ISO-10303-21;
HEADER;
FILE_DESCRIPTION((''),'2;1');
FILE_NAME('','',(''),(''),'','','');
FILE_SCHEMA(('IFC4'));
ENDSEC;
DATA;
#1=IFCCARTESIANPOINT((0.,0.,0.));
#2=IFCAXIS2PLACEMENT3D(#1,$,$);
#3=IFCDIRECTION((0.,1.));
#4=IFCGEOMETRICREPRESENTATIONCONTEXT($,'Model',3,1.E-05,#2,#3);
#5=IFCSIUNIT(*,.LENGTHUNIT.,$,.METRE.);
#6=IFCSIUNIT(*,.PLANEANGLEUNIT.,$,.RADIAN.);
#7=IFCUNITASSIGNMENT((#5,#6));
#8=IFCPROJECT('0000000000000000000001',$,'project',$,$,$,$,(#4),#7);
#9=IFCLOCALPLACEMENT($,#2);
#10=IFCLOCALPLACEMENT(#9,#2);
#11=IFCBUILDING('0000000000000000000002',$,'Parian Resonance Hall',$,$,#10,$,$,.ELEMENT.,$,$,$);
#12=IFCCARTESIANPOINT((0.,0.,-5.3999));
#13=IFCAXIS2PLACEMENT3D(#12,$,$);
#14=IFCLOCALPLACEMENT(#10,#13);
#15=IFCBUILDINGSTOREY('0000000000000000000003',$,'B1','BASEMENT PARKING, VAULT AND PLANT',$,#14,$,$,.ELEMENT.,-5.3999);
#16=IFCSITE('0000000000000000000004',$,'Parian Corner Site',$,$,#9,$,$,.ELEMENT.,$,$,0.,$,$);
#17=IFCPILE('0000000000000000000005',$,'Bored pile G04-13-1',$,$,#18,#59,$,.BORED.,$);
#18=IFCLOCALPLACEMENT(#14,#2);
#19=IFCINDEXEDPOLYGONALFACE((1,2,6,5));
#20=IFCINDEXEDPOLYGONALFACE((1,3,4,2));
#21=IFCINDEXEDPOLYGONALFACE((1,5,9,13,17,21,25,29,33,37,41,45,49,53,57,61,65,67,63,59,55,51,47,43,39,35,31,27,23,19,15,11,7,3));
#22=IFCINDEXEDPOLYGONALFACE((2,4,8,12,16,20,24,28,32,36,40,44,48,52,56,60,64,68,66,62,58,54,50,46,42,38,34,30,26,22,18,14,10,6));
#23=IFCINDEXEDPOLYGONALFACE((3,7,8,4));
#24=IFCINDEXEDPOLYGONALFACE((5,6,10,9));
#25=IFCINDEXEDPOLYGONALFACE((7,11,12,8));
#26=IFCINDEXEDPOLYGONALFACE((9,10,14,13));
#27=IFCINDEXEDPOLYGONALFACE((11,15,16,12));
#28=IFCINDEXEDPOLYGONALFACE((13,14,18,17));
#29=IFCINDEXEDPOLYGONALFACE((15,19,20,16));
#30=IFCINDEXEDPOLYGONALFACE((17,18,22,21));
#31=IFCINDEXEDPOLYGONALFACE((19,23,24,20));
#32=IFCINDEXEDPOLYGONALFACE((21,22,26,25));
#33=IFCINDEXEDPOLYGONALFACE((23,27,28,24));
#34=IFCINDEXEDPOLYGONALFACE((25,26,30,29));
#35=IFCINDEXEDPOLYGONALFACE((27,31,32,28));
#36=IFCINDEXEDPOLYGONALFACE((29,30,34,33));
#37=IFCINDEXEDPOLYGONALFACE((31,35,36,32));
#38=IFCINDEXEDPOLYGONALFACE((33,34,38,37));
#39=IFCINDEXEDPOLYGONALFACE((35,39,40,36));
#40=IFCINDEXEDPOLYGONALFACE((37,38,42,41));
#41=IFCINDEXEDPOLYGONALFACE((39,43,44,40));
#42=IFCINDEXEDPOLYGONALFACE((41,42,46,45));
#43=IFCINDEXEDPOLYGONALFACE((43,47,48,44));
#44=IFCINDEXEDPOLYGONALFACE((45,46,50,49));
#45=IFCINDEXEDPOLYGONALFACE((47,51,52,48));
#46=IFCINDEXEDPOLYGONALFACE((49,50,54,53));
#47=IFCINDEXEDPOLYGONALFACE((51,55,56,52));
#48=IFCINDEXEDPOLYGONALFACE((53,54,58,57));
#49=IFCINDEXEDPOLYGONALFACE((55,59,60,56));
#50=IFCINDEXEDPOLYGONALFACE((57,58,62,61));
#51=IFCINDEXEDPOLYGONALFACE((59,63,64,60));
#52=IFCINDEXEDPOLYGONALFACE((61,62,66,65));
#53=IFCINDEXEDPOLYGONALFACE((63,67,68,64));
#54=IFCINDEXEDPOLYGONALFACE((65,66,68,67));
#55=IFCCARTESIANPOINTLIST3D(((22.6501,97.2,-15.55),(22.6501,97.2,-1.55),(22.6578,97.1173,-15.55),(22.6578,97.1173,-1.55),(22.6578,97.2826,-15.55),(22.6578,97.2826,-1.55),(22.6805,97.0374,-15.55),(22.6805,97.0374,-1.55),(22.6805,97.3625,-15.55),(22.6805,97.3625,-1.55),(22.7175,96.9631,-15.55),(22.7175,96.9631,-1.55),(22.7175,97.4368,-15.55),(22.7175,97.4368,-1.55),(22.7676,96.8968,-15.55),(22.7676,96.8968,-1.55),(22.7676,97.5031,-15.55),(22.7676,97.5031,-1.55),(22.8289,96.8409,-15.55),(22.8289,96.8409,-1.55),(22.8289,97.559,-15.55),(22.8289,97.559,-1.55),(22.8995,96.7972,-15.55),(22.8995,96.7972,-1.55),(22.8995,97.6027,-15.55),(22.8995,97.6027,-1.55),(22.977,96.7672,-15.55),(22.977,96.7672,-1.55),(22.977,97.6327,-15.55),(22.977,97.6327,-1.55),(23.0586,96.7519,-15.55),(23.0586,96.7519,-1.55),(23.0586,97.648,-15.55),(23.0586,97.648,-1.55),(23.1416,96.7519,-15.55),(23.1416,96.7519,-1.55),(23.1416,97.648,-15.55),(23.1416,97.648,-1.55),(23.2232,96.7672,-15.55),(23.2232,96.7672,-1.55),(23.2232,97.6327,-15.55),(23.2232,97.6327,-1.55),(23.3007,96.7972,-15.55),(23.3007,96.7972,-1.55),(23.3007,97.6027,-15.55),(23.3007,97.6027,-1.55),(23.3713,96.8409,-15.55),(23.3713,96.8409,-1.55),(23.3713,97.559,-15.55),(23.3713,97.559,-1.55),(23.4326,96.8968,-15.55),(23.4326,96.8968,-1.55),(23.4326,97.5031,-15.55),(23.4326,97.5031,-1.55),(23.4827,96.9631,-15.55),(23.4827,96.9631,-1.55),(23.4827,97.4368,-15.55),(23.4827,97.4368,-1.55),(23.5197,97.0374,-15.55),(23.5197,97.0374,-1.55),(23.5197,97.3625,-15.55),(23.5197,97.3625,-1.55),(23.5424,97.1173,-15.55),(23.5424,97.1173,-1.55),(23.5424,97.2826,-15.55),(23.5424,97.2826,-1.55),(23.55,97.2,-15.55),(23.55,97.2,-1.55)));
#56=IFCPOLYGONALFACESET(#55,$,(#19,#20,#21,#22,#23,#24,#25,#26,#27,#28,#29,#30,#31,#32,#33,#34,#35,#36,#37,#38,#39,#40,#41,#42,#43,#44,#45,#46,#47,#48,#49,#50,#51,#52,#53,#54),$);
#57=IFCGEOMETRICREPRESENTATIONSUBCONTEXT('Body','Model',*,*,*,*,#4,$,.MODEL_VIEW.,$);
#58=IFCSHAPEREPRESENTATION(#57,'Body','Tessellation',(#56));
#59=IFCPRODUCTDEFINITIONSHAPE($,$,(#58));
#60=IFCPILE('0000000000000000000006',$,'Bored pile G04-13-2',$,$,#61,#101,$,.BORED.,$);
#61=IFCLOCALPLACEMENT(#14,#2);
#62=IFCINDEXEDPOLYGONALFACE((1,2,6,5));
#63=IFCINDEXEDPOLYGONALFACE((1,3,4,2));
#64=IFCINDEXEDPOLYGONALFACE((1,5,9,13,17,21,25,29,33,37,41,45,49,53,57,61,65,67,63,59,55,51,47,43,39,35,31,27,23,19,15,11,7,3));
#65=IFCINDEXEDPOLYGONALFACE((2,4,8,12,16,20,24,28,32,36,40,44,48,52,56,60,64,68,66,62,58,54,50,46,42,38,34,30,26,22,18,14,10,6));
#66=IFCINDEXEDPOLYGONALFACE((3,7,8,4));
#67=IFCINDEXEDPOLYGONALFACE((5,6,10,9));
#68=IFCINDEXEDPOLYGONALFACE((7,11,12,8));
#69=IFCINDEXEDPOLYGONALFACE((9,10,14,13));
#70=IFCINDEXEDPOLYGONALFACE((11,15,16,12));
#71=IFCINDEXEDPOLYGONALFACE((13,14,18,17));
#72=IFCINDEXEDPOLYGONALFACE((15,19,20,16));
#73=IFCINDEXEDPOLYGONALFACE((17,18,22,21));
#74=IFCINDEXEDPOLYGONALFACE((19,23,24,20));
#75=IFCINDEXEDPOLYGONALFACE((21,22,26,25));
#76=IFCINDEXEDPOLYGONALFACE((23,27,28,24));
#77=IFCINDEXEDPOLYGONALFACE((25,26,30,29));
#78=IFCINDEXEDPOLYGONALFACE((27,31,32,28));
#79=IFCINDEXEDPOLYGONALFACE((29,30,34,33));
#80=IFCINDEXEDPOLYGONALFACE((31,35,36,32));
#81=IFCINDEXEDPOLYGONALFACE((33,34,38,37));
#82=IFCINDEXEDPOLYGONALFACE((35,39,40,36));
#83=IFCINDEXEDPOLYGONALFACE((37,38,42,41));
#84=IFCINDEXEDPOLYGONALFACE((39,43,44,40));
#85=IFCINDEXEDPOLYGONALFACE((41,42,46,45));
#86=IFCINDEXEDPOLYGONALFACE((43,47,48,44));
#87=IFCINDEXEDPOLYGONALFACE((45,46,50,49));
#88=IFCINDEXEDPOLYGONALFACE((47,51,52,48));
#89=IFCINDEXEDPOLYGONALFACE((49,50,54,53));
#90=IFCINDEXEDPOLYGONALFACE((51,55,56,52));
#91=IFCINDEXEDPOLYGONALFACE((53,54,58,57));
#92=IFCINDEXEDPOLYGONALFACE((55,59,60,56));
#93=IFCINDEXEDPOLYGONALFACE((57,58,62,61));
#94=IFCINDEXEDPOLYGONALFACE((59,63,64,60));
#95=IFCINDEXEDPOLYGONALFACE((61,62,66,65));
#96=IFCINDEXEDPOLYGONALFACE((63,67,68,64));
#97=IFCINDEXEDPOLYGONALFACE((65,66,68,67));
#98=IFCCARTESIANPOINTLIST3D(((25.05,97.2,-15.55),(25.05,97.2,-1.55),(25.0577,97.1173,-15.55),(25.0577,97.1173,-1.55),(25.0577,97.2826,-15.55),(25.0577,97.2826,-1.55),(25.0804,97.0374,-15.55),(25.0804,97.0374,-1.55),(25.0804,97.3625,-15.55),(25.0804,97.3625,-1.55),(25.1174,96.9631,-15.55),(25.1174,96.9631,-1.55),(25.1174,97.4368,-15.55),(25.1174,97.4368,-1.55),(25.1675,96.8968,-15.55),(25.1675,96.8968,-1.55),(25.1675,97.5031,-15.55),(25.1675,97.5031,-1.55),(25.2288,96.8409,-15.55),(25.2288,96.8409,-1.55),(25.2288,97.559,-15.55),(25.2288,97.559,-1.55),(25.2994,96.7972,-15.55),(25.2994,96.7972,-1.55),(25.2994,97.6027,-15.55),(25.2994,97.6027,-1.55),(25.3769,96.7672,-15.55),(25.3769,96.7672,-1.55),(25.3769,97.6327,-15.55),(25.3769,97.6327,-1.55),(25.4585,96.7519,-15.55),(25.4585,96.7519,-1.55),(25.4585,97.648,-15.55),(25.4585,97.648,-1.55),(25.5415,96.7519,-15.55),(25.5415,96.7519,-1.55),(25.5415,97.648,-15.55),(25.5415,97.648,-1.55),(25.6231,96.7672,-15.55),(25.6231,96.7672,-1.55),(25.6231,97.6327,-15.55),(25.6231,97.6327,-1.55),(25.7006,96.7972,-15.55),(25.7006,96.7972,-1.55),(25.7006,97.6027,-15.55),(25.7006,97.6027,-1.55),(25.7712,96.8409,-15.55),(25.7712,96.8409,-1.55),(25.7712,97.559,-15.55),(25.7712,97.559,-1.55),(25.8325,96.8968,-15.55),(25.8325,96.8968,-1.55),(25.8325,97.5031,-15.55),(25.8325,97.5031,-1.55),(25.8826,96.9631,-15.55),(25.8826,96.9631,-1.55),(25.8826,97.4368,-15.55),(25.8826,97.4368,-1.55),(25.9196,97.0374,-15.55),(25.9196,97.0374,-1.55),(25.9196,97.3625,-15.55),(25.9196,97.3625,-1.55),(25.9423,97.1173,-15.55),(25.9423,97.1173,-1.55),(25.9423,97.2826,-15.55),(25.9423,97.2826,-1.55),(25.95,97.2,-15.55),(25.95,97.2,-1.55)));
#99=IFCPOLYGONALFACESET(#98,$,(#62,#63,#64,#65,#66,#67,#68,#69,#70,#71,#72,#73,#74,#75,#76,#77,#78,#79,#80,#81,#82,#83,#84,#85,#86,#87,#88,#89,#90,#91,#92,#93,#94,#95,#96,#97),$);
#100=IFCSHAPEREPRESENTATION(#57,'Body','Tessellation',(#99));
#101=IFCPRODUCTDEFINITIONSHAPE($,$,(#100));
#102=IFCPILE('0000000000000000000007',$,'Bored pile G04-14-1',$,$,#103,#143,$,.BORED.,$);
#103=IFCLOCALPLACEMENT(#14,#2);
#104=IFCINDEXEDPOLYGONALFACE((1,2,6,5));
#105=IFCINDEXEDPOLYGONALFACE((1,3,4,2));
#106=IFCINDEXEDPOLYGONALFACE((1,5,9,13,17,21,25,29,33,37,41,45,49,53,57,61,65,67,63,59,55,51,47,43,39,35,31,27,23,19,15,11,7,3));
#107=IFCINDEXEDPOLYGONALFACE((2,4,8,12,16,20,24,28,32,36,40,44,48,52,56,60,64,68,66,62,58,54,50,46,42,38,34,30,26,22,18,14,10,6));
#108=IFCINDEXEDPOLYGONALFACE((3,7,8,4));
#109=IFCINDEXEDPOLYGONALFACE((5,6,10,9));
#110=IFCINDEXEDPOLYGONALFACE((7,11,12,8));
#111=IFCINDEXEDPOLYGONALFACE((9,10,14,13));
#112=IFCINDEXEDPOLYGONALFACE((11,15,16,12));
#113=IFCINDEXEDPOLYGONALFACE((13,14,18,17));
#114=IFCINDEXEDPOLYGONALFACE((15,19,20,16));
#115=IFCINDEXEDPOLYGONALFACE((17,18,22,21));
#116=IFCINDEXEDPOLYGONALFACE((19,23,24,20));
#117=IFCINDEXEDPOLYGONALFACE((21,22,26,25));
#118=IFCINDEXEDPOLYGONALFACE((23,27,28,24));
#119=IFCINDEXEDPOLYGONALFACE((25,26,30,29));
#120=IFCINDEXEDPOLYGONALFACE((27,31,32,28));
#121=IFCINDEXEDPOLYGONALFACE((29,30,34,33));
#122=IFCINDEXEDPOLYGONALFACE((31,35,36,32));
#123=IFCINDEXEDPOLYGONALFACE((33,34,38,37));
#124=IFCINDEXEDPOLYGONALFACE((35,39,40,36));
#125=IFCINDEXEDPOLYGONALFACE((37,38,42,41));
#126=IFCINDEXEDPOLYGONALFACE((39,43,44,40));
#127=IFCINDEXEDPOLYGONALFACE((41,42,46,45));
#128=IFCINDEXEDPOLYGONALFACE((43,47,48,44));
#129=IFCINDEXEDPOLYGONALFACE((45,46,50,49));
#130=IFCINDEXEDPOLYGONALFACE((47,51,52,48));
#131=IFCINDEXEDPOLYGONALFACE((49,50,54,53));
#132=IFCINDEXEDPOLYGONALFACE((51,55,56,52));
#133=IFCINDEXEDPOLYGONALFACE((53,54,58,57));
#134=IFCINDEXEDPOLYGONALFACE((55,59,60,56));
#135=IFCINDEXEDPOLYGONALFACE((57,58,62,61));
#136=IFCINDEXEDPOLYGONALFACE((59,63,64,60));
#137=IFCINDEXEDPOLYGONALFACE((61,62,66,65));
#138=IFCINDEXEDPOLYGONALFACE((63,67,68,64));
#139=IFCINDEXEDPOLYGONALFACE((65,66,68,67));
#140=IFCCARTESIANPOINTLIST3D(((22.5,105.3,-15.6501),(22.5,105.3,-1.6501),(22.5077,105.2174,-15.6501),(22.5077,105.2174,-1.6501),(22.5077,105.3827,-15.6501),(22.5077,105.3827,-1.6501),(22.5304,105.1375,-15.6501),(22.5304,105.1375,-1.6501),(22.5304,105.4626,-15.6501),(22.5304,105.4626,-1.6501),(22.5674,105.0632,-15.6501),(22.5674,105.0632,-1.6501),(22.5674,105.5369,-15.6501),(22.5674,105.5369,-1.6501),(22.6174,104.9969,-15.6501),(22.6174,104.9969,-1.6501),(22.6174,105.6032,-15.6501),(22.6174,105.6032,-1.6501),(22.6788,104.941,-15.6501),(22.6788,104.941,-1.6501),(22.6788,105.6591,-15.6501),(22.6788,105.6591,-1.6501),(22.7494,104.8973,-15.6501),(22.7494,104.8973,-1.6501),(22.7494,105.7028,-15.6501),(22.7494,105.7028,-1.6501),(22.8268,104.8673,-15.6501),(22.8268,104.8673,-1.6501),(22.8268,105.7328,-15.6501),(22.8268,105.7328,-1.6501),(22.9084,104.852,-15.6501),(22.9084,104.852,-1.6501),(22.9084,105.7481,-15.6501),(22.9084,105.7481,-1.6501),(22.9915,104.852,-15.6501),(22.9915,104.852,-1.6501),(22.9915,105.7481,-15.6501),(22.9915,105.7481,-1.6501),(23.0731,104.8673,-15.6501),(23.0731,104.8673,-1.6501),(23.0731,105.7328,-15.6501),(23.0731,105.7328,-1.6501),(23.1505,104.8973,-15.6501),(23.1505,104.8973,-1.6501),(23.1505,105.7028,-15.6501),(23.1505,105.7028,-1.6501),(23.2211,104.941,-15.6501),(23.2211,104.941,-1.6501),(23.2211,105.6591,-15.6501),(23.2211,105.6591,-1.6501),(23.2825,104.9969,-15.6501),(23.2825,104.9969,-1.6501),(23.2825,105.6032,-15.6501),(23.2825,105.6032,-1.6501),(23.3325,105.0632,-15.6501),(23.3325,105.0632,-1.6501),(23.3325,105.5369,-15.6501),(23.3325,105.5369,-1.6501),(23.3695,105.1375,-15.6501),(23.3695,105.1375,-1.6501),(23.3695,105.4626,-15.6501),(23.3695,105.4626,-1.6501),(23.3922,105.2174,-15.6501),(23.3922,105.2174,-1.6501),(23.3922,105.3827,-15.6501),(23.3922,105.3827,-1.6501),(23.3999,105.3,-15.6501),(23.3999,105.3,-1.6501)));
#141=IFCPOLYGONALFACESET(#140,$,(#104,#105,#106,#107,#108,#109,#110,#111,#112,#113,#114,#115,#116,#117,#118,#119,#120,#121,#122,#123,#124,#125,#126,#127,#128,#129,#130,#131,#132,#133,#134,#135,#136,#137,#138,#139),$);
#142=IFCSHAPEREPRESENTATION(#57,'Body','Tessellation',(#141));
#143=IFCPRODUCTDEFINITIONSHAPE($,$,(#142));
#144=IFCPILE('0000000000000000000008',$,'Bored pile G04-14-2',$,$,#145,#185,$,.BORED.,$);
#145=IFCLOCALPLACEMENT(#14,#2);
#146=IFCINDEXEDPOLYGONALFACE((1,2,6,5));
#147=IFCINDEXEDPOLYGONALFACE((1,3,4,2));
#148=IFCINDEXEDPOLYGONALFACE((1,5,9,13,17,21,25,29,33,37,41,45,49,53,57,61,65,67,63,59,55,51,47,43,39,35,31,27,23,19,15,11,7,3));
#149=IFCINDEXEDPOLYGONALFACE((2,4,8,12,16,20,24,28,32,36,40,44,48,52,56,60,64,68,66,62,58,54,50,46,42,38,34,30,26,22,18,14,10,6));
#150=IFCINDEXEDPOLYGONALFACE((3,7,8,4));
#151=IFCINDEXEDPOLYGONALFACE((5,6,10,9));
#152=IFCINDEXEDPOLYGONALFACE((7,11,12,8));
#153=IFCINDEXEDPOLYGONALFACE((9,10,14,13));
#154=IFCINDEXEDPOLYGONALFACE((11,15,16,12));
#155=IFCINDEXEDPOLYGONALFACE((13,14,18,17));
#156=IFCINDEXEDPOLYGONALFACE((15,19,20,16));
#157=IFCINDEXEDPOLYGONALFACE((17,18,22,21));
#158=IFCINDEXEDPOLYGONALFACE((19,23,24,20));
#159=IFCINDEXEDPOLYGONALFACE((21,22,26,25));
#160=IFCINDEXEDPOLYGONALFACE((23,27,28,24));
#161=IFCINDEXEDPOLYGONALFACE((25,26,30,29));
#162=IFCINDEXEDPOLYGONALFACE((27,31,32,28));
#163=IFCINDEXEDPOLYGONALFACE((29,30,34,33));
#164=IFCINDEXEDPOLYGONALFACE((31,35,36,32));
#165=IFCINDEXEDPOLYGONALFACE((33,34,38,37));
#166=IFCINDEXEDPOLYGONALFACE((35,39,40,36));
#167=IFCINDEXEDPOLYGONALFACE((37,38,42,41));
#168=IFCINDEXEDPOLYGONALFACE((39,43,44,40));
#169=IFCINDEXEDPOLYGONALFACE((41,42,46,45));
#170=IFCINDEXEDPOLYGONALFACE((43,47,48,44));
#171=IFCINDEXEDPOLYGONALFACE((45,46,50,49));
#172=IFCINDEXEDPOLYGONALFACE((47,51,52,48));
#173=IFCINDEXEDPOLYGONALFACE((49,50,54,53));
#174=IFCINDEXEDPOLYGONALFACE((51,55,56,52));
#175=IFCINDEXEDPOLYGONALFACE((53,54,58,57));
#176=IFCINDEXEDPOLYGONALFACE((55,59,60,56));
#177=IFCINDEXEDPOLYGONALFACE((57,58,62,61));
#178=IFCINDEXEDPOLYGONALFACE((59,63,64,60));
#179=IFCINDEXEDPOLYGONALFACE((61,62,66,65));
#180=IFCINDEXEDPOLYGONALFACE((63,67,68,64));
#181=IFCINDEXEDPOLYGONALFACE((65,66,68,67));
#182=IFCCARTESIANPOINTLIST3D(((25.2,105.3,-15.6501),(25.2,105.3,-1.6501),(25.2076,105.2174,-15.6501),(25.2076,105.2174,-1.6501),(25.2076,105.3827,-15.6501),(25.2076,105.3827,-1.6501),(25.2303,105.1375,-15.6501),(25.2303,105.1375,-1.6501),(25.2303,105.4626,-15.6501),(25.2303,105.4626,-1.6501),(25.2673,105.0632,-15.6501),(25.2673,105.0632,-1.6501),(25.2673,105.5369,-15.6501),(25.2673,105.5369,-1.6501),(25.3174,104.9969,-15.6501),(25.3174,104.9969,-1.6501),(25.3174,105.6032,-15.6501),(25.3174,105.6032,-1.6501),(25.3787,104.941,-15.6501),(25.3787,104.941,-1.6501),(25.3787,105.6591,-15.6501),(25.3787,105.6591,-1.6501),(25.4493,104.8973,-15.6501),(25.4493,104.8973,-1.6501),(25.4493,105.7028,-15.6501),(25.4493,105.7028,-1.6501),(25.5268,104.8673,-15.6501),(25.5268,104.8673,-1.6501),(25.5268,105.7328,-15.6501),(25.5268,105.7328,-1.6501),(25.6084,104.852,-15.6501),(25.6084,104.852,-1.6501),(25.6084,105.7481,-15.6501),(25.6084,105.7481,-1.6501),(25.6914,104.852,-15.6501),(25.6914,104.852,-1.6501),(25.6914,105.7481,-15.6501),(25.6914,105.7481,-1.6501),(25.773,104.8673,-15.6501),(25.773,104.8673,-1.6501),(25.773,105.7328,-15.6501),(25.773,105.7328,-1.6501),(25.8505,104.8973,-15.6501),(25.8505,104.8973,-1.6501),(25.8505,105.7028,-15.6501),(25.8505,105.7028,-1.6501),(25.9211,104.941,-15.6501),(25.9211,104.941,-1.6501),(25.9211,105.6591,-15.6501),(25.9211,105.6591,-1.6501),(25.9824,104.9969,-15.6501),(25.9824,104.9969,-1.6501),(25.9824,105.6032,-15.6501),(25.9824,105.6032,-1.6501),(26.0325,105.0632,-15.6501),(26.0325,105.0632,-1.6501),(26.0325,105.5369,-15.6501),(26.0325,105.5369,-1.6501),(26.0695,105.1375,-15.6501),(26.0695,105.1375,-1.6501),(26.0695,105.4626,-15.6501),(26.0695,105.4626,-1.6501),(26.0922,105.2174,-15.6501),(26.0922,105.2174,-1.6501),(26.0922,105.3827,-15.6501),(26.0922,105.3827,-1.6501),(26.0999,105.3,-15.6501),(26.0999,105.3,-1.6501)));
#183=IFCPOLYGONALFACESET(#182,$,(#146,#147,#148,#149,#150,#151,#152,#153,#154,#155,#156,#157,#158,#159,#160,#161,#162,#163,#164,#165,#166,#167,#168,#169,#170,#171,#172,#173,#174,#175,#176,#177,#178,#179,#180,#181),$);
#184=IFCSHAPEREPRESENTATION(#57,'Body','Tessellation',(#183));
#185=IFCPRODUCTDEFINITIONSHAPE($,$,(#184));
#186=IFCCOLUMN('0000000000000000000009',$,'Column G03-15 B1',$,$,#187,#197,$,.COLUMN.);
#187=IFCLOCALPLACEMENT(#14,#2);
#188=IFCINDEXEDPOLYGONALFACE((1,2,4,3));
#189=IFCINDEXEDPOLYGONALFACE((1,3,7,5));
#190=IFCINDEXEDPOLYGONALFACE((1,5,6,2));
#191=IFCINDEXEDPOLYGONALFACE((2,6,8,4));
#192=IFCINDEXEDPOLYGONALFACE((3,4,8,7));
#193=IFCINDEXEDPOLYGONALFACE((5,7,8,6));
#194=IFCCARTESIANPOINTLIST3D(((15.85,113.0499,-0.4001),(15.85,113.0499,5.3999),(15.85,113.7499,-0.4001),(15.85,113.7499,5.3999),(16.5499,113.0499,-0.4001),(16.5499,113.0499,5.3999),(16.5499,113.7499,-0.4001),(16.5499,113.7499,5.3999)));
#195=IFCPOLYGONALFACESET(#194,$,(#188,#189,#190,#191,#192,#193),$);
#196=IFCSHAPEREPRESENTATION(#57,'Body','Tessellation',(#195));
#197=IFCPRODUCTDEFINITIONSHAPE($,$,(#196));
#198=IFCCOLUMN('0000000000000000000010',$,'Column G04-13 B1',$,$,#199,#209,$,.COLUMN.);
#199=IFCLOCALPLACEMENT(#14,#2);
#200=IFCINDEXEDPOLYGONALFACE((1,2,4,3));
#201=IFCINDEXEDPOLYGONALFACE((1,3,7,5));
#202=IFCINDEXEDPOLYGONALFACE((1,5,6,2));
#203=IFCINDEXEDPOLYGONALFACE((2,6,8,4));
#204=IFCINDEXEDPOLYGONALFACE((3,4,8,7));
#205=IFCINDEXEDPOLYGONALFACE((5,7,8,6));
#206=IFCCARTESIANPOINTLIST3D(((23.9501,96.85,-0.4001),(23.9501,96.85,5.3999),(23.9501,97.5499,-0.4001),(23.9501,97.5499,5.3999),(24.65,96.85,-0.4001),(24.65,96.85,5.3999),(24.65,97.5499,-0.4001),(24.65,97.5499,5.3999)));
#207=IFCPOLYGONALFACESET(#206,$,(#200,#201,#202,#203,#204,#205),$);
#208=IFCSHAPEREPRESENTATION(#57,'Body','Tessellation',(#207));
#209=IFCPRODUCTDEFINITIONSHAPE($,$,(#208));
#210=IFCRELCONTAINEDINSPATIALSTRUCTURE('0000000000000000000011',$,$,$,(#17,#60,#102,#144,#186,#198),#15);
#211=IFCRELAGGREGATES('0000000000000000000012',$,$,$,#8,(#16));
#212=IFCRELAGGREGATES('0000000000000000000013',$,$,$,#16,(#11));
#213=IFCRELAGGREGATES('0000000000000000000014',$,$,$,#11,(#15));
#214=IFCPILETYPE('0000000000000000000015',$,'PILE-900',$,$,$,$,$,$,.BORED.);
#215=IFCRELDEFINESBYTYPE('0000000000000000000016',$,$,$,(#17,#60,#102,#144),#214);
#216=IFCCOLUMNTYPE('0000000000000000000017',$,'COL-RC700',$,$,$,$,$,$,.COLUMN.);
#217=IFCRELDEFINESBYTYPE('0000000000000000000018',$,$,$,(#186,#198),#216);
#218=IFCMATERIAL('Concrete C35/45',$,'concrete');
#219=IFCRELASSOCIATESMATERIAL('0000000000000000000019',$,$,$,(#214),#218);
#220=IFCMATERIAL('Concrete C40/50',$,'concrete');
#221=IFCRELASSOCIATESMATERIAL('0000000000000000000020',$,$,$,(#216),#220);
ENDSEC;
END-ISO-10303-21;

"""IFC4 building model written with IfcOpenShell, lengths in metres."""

from ifc_helpers import new_model, si_unit, direction, frame, origin, origin_2d, place, context, subcontext, project, spatial, rectangle, circle, extrude, material, material_profile, profile_set, type_object, element, save


model = new_model("IFC4")

# Units and contexts
model_context = context("Model", 3, precision=1e-05, world=origin(), true_north=direction((0.0, 1.0)))
body_context = subcontext(model_context, "Body", "Model", "MODEL_VIEW")
ifc_project = project(units=[si_unit("LENGTHUNIT", "METRE"), si_unit("PLANEANGLEUNIT", "RADIAN")], contexts=[model_context])

# Site, building, storey
site_placement = place(None, origin())
site = spatial("IfcSite", under=ifc_project, at=site_placement, Name="Parian Corner Site", CompositionType="ELEMENT", RefElevation=0.0)
building_placement = place(site_placement, origin())
building = spatial("IfcBuilding", under=site, at=building_placement, Name="Parian Resonance Hall", CompositionType="ELEMENT")
storey_placement = place(building_placement, frame((0.0, 0.0, -5.3999)))
storey = spatial("IfcBuildingStorey", under=building, at=storey_placement, Name="B1", Description="BASEMENT PARKING, VAULT AND PLANT", CompositionType="ELEMENT", Elevation=-5.3999)

# Piles
ifc_material_1 = material(Name="Concrete C35/45", Category="concrete")
ifc_material_profile_1 = material_profile(ifc_material_1, circle(Radius=0.45, at=origin_2d()), Name="PILE-D900")
ifc_profile_set_1 = profile_set([ifc_material_profile_1], Name="Concrete C35/45")
pile_type_1 = type_object("IfcPileType", Name="PILE-900", PredefinedType="BORED", material=ifc_profile_set_1)
for number, where, z_axis, x_axis, name in (
    (1, (23.1001, 97.2, -1.55), (0.0, 0.0, -1.0), (1.0, 0.0, 0.0), "Bored pile G04-13-1"),
    (2, (25.5, 97.2, -1.55), (0.0, 0.0, -1.0), (1.0, 0.0, 0.0), "Bored pile G04-13-2"),
    (3, (22.95, 105.3, -1.6501), (0.0, 0.0, -1.0), (1.0, 0.0, 0.0), "Bored pile G04-14-1"),
    (4, (25.6499, 105.3, -1.6501), (0.0, 0.0, -1.0), (1.0, 0.0, 0.0), "Bored pile G04-14-2"),
):
    element("IfcPile", number, at=place(storey_placement, frame(where, z_axis=z_axis, x_axis=x_axis)), inside=storey, type_object=pile_type_1, Name=name, PredefinedType="BORED", context=body_context, shape_type="SweptSolid", body=[
        extrude(circle(Radius=0.45, at=origin_2d()), origin(), (0.0, 0.0, 1.0), 14.0),
    ])

# Columns
ifc_material_2 = material(Name="Concrete C40/50", Category="concrete")
ifc_material_profile_2 = material_profile(ifc_material_2, rectangle(XDim=0.7, YDim=0.7, at=origin_2d()), Name="RC-COL-700x700")
ifc_profile_set_2 = profile_set([ifc_material_profile_2], Name="Concrete C40/50")
column_type_1 = type_object("IfcColumnType", Name="COL-RC700", PredefinedType="COLUMN", material=ifc_profile_set_2)
for number, where, z_axis, x_axis, name in (
    (5, (16.2, 113.3999, -0.4001), (0.0, 0.0, 1.0), (1.0, 0.0, 0.0), "Column G03-15 B1"),
    (6, (24.3, 97.2, -0.4001), (0.0, 0.0, 1.0), (1.0, 0.0, 0.0), "Column G04-13 B1"),
):
    element("IfcColumn", number, at=place(storey_placement, frame(where, z_axis=z_axis, x_axis=x_axis)), inside=storey, type_object=column_type_1, Name=name, PredefinedType="COLUMN", context=body_context, shape_type="SweptSolid", body=[
        extrude(rectangle(XDim=0.7, YDim=0.7, at=origin_2d()), origin(), (0.0, 0.0, 1.0), 5.8),
    ])

save(model, "model.ifc")
